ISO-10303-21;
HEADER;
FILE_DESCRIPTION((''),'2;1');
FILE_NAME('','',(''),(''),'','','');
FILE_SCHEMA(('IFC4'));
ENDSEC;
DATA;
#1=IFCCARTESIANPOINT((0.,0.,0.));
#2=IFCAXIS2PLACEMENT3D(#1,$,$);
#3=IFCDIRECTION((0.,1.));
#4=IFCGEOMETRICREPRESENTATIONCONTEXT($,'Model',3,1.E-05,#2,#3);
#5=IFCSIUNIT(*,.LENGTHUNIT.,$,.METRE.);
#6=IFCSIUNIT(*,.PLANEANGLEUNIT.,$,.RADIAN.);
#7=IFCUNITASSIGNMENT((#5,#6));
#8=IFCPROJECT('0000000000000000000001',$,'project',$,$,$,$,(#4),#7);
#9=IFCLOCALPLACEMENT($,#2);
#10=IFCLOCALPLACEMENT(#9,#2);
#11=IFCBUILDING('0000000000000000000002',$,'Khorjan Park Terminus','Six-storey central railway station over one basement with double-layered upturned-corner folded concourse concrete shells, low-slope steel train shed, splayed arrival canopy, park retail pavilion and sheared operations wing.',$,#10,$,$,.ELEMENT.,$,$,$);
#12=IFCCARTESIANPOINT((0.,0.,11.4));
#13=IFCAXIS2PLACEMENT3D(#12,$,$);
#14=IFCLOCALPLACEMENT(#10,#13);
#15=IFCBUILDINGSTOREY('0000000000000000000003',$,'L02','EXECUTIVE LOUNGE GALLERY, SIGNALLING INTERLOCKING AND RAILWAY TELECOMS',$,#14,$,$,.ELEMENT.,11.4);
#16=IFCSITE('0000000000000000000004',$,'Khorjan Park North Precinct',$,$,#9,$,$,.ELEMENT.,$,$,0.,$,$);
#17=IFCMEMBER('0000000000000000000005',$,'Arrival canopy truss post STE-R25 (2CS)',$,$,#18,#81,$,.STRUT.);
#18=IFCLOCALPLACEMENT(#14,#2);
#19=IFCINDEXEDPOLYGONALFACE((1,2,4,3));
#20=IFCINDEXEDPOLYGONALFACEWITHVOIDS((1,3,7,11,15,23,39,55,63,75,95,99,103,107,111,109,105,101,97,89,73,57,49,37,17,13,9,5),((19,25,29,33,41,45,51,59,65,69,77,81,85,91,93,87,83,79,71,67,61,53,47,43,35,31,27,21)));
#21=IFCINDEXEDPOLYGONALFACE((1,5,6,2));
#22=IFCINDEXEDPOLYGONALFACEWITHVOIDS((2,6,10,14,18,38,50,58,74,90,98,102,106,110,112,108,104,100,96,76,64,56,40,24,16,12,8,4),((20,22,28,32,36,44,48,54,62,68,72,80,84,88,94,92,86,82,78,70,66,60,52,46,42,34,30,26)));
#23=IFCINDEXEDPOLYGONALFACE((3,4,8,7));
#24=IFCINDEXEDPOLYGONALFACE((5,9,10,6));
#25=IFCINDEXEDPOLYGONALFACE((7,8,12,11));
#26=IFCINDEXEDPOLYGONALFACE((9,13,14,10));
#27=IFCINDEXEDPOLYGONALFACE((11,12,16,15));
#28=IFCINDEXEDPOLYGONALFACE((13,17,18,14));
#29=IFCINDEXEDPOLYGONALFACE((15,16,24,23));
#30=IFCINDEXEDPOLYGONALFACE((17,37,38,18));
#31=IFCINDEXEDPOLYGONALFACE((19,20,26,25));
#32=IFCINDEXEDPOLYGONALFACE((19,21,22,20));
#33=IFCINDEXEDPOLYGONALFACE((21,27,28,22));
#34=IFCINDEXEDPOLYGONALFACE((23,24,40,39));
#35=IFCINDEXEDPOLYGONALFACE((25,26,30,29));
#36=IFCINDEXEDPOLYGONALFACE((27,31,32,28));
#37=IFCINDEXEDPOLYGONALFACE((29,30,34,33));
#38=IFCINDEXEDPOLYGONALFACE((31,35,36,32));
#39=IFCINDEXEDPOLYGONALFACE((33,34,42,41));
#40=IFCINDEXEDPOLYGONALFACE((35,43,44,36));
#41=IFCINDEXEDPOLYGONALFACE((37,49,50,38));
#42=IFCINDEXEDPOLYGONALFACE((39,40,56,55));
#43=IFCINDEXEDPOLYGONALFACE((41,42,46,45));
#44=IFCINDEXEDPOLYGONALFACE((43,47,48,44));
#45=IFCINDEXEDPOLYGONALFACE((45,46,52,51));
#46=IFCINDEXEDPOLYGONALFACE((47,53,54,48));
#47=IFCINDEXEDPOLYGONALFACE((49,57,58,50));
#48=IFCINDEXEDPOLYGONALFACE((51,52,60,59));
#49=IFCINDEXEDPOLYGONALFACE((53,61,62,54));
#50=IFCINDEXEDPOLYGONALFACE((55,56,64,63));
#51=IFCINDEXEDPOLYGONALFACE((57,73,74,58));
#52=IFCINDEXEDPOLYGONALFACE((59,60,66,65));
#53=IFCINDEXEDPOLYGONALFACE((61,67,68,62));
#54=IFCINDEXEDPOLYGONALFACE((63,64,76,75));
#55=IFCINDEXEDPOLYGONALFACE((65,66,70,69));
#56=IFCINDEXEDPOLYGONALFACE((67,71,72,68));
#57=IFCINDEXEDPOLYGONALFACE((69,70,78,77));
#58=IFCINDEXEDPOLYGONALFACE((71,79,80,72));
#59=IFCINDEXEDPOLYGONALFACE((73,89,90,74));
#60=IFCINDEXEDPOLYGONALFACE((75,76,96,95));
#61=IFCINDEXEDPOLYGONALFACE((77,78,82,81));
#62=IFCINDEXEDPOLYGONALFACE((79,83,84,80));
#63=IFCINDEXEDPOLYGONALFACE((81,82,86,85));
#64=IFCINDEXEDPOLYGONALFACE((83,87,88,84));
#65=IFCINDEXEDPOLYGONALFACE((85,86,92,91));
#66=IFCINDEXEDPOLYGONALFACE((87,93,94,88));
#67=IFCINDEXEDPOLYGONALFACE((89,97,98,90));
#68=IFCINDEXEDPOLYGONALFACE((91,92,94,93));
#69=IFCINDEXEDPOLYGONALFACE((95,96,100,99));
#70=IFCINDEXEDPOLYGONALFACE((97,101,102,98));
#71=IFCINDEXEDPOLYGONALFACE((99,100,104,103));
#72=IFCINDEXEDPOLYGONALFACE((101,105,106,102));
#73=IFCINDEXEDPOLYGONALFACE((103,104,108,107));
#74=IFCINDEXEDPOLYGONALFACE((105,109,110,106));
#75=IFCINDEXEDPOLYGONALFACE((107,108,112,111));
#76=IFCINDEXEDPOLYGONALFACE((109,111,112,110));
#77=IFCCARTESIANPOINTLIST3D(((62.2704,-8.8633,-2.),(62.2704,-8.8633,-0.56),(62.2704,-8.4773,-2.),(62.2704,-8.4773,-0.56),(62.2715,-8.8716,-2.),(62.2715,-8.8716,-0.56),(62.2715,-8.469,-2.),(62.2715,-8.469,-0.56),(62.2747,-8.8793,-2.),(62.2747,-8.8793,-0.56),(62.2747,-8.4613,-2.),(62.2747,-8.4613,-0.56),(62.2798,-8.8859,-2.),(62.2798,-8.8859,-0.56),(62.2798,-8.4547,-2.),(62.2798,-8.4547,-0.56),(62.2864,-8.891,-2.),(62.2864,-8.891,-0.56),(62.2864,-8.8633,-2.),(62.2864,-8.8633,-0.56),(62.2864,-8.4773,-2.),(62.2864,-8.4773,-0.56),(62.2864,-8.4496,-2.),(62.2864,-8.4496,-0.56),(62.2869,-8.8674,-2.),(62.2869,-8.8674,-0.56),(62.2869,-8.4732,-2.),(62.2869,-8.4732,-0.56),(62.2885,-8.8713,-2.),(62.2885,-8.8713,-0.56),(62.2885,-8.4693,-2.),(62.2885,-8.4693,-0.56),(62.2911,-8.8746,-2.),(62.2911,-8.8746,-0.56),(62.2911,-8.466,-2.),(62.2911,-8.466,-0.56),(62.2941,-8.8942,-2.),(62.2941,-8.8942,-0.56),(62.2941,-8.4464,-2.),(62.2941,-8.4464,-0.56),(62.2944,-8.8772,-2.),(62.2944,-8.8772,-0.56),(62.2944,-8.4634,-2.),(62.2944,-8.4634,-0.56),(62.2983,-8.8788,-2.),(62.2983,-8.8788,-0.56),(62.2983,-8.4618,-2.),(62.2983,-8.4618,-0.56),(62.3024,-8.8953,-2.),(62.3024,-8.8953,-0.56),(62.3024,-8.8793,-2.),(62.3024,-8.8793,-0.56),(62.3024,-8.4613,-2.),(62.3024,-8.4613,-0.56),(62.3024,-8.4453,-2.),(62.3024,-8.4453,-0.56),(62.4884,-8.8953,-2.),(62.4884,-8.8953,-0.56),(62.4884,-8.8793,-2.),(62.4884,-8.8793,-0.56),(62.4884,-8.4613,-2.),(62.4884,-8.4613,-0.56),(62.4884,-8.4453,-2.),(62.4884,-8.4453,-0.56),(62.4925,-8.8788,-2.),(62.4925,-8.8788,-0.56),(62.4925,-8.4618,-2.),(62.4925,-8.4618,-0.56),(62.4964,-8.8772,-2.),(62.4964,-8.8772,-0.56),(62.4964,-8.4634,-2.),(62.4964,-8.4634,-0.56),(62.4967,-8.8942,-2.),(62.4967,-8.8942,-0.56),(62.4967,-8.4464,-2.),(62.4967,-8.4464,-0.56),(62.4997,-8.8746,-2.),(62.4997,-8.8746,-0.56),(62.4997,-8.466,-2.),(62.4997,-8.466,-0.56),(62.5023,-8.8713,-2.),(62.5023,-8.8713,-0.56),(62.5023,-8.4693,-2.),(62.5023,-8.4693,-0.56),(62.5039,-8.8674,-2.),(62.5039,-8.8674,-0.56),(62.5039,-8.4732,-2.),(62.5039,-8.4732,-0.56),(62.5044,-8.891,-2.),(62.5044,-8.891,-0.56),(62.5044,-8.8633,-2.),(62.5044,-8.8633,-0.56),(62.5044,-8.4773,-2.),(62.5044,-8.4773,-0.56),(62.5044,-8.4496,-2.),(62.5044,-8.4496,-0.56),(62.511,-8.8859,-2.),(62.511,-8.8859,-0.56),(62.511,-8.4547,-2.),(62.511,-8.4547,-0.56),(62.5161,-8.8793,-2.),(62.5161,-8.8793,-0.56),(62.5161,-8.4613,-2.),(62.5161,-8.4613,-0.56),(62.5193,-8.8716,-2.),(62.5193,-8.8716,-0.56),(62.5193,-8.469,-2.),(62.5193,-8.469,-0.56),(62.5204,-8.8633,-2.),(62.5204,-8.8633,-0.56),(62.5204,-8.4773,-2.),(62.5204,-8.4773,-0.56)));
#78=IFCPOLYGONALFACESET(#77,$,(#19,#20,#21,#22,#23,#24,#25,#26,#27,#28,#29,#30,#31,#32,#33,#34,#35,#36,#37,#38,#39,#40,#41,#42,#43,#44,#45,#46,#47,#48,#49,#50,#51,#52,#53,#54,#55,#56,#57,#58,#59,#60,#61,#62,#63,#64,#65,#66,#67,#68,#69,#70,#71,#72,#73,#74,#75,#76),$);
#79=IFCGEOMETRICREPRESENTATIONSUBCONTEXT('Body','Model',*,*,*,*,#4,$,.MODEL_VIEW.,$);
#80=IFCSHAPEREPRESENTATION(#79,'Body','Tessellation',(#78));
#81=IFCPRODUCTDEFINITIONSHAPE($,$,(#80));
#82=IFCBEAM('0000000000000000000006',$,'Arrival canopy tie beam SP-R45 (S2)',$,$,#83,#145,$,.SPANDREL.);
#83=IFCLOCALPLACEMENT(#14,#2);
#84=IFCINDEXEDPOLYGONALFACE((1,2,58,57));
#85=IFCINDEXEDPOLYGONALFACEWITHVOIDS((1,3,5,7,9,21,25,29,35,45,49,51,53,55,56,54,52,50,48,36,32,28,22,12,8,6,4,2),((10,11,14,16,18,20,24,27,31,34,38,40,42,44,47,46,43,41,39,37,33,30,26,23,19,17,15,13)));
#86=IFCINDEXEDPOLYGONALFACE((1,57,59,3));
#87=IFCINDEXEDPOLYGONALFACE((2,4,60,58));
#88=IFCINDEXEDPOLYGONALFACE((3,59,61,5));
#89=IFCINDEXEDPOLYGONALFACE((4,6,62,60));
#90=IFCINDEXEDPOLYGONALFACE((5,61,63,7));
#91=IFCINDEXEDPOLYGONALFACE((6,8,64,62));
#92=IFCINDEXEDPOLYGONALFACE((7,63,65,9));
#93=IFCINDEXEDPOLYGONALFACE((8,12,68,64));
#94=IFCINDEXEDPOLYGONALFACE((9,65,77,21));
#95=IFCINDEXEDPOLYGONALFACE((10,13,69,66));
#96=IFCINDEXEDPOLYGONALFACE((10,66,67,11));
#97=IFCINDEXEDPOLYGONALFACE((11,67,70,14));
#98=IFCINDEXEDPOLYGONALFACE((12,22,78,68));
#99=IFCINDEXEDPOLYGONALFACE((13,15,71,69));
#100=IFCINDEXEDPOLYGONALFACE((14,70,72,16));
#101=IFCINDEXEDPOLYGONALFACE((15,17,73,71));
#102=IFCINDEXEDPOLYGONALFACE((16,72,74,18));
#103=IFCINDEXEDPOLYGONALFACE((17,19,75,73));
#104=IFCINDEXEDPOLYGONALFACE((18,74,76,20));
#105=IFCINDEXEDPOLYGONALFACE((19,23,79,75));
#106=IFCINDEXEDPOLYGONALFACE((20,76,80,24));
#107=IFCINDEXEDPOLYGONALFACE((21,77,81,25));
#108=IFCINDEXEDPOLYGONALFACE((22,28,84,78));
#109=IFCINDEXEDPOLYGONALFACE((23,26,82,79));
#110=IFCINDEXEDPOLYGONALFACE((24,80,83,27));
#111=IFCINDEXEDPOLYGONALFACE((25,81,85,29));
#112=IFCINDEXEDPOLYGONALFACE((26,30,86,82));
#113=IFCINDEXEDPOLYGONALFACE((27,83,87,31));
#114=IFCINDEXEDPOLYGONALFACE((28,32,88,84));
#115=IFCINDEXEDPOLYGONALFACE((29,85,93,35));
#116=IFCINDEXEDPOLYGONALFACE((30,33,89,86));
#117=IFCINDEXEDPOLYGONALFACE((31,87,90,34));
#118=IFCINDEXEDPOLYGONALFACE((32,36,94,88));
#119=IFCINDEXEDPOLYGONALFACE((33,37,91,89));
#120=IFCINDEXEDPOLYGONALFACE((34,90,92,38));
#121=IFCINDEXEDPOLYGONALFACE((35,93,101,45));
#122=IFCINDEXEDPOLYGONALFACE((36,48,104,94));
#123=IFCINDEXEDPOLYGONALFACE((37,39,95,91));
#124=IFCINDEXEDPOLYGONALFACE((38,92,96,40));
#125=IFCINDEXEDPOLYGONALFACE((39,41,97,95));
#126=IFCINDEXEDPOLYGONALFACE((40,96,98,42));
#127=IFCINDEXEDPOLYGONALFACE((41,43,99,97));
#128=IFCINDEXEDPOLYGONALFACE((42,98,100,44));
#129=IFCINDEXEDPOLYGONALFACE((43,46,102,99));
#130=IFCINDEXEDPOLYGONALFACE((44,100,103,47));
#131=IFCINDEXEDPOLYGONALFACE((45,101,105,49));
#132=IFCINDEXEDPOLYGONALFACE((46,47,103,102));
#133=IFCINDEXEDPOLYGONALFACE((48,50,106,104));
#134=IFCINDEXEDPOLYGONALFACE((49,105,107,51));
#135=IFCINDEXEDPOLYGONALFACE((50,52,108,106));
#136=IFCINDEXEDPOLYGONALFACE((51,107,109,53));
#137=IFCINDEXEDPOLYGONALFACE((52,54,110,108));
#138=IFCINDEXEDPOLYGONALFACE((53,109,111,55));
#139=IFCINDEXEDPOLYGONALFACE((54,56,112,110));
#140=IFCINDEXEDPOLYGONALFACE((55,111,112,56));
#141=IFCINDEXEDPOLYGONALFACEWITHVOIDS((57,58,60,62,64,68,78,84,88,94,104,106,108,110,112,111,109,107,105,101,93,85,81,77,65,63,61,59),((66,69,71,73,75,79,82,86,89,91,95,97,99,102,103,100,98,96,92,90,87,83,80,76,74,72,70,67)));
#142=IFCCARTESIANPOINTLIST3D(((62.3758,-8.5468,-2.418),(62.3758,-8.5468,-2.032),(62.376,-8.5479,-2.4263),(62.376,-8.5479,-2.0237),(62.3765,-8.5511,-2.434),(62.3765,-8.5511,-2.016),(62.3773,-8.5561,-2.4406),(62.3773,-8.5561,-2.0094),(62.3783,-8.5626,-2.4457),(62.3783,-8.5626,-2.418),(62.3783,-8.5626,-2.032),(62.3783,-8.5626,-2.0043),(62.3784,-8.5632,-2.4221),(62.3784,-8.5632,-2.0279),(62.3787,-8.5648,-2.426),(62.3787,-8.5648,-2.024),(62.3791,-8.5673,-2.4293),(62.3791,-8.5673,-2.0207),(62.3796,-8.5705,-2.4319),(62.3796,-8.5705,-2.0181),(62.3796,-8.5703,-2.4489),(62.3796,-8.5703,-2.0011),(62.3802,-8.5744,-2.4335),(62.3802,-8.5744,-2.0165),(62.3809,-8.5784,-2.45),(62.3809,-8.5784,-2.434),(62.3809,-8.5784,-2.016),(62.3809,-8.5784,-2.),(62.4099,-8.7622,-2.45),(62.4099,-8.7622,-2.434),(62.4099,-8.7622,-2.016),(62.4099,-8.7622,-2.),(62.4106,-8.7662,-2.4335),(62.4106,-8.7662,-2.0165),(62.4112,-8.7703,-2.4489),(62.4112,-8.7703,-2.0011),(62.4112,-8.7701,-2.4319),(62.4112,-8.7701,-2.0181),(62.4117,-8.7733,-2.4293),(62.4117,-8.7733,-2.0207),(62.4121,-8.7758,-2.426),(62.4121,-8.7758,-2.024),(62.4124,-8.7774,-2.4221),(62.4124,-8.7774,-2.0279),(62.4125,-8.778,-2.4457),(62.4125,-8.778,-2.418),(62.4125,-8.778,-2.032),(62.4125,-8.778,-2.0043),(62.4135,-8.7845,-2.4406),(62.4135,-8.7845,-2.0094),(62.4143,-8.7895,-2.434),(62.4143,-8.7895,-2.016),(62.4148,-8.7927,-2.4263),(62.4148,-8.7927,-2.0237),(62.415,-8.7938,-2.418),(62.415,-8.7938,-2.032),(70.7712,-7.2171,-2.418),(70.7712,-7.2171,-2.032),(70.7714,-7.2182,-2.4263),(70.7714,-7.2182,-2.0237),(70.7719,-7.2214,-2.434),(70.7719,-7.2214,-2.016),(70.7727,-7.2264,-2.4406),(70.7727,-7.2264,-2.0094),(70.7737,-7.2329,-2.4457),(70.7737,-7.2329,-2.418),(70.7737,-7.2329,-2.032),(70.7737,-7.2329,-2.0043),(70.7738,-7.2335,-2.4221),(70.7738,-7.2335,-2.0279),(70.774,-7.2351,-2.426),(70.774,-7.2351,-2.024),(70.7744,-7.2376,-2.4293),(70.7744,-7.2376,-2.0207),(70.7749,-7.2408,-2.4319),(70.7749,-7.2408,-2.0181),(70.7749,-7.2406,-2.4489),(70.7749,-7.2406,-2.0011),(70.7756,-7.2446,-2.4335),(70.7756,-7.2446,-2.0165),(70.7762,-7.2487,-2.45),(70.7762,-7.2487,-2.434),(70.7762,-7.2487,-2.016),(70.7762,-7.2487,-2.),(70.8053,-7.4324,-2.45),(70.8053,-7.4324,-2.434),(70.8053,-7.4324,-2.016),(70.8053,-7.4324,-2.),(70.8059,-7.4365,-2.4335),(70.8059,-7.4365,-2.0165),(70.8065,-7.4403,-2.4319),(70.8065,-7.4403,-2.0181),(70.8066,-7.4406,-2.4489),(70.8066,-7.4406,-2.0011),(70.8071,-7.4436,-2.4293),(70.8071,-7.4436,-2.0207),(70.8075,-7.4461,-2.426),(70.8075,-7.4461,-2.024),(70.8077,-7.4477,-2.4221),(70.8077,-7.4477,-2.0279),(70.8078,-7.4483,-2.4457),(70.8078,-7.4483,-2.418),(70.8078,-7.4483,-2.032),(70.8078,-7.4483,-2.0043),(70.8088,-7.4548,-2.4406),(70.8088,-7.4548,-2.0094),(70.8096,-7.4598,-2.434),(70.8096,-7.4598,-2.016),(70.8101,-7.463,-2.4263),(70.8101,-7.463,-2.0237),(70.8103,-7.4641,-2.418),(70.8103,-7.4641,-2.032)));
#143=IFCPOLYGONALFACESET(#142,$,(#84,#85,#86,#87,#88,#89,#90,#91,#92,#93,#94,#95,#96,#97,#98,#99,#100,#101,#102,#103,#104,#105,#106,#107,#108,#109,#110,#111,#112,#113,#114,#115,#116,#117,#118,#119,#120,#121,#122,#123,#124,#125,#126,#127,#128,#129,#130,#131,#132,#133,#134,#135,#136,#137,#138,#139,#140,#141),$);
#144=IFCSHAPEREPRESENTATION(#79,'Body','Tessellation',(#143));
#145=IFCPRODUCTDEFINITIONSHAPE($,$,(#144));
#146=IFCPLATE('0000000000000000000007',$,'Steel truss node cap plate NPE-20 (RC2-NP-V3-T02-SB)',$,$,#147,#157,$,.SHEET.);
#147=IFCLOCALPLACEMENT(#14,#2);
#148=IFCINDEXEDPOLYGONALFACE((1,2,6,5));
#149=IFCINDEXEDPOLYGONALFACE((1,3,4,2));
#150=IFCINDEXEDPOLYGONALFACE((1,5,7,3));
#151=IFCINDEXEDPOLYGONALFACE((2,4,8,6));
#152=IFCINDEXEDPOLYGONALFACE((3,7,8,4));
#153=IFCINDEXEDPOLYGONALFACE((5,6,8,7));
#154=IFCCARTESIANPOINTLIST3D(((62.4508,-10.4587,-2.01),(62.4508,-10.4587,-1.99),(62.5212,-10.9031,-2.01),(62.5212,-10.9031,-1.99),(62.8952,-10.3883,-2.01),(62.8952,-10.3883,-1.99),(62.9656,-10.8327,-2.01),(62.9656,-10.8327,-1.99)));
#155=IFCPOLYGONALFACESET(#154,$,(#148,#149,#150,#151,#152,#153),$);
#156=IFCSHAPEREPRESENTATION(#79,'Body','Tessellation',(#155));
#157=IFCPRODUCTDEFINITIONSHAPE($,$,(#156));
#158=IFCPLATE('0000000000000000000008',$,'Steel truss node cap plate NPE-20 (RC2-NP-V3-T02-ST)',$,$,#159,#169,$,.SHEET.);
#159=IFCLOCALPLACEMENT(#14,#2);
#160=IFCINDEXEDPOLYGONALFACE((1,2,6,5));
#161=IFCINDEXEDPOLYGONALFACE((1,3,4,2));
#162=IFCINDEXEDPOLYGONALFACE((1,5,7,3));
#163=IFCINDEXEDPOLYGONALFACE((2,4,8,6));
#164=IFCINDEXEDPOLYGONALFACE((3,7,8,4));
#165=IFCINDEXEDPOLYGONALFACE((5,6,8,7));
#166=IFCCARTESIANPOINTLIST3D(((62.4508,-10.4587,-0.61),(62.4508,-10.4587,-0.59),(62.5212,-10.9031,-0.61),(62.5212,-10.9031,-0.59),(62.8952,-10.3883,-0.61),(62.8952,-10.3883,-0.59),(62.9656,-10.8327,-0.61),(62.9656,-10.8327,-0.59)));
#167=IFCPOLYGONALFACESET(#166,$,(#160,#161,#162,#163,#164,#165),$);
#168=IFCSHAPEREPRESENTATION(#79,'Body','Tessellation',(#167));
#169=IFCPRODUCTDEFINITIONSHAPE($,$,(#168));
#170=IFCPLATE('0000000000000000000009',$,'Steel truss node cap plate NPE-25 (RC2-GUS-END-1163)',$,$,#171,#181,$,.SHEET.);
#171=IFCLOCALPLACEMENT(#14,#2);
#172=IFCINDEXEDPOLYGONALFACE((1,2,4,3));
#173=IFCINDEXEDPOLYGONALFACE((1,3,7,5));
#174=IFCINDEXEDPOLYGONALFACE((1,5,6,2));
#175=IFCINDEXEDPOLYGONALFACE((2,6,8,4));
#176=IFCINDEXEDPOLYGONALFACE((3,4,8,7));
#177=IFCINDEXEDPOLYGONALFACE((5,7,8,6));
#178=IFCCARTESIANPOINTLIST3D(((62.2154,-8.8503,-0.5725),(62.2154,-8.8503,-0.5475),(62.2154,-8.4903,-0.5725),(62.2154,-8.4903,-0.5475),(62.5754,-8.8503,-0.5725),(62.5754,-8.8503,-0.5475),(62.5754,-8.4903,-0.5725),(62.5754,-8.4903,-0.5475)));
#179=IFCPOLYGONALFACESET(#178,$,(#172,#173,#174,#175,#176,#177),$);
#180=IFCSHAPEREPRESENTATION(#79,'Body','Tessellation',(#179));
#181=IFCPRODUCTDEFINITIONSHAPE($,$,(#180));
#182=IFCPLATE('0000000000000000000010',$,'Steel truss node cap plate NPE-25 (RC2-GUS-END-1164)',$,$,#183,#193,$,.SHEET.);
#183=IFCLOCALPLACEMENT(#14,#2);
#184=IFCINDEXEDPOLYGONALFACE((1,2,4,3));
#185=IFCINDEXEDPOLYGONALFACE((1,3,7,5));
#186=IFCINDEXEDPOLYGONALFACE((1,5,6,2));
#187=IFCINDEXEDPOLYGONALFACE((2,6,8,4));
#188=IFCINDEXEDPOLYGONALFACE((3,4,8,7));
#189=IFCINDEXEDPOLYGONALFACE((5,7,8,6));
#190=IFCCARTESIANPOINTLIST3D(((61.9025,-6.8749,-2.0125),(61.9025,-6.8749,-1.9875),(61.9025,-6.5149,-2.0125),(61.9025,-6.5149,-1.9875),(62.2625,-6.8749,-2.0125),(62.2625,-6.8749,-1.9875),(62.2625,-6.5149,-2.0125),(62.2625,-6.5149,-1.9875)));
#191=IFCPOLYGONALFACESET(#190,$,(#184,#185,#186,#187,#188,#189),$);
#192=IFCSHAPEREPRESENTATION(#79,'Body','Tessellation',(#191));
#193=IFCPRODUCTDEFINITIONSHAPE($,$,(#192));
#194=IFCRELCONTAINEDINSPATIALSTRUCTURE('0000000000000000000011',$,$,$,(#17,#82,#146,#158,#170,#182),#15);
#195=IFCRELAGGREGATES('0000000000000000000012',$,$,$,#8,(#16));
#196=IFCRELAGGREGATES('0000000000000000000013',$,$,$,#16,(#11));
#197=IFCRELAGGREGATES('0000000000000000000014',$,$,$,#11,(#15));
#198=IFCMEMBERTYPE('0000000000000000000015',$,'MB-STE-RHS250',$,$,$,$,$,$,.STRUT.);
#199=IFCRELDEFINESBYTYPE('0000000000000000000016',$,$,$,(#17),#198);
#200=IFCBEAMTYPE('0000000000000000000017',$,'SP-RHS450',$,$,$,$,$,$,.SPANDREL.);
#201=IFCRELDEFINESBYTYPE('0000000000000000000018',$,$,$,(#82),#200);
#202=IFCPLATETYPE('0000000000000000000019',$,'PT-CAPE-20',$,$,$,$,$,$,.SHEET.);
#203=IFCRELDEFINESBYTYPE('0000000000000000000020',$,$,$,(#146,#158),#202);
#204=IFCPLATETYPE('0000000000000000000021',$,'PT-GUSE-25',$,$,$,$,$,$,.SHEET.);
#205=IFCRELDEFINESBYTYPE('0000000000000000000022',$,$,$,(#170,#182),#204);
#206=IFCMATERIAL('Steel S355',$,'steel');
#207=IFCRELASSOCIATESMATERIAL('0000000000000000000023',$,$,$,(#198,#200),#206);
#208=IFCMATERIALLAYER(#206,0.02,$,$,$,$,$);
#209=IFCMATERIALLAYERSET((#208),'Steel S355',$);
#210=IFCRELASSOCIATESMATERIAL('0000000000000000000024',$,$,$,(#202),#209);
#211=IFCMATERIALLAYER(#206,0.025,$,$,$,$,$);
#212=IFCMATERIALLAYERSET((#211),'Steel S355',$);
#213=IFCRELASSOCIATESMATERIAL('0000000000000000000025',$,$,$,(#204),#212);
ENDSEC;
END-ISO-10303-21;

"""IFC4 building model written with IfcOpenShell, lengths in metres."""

from ifc_helpers import new_model, si_unit, direction, frame, origin, origin_2d, place, context, subcontext, project, spatial, rectangle, hollow_rectangle, extrude, material, layer, layer_set, material_profile, profile_set, type_object, element, save


model = new_model("IFC4")

# Units and contexts
model_context = context("Model", 3, precision=1e-05, world=origin(), true_north=direction((0.0, 1.0)))
body_context = subcontext(model_context, "Body", "Model", "MODEL_VIEW")
ifc_project = project(units=[si_unit("LENGTHUNIT", "METRE"), si_unit("PLANEANGLEUNIT", "RADIAN")], contexts=[model_context])

# Site, building, storey
site_placement = place(None, origin())
site = spatial("IfcSite", under=ifc_project, at=site_placement, Name="Khorjan Park North Precinct", CompositionType="ELEMENT", RefElevation=0.0)
building_placement = place(site_placement, origin())
building = spatial("IfcBuilding", under=site, at=building_placement, Name="Khorjan Park Terminus", Description="Six-storey central railway station over one basement with double-layered upturned-corner folded concourse concrete shells, low-slope steel train shed, splayed arrival canopy, park retail pavilion and sheared operations wing.", CompositionType="ELEMENT")
storey_placement = place(building_placement, frame((0.0, 0.0, 11.4)))
storey = spatial("IfcBuildingStorey", under=building, at=storey_placement, Name="L02", Description="EXECUTIVE LOUNGE GALLERY, SIGNALLING INTERLOCKING AND RAILWAY TELECOMS", CompositionType="ELEMENT", Elevation=11.4)

# Member
ifc_material = material(Name="Steel S355", Category="steel")
ifc_material_profile_1 = material_profile(ifc_material, hollow_rectangle(XDim=0.25, YDim=0.45, WallThickness=0.016, InnerFilletRadius=0.016, OuterFilletRadius=0.032, at=origin_2d()), Name="RHS 450x250x16")
ifc_profile_set_1 = profile_set([ifc_material_profile_1], Name="Steel S355")
member_type_1 = type_object("IfcMemberType", Name="MB-STE-RHS250", PredefinedType="STRUT", material=ifc_profile_set_1)
member_1_placement = place(storey_placement, frame((62.3954, -8.6703, -2.0), z_axis=(0.0, 0.0, 1.0), x_axis=(1.0, 0.0, 0.0)))
element("IfcMember", 1, at=member_1_placement, inside=storey, type_object=member_type_1, Name="Arrival canopy truss post STE-R25 (2CS)", PredefinedType="STRUT", context=body_context, shape_type="SweptSolid", body=[
    extrude(hollow_rectangle(XDim=0.25, YDim=0.45, WallThickness=0.016, InnerFilletRadius=0.016, OuterFilletRadius=0.032, at=origin_2d()), origin(), (0.0, 0.0, 1.0), 1.44),
])

# Beam
ifc_material_profile_2 = material_profile(ifc_material, hollow_rectangle(XDim=0.25, YDim=0.45, WallThickness=0.016, InnerFilletRadius=0.016, OuterFilletRadius=0.032, at=origin_2d()), Name="RHS 450x250x16")
ifc_profile_set_2 = profile_set([ifc_material_profile_2], Name="Steel S355")
beam_type = type_object("IfcBeamType", Name="SP-RHS450", PredefinedType="SPANDREL", material=ifc_profile_set_2)
beam_placement = place(storey_placement, frame((62.3954, -8.6703, -2.225), z_axis=(0.987688, 0.156436, 0.0), x_axis=(-0.156436, 0.987688, 0.0)))
element("IfcBeam", 2, at=beam_placement, inside=storey, type_object=beam_type, Name="Arrival canopy tie beam SP-R45 (S2)", PredefinedType="SPANDREL", context=body_context, shape_type="SweptSolid", body=[
    extrude(hollow_rectangle(XDim=0.25, YDim=0.45, WallThickness=0.016, InnerFilletRadius=0.016, OuterFilletRadius=0.032, at=origin_2d()), origin(), (0.0, 0.0, 1.0), 8.5),
])

# Plates
ifc_layer_1 = layer(ifc_material, 0.02)
ifc_layer_set_1 = layer_set([ifc_layer_1], Name="Steel S355")
plate_type_1 = type_object("IfcPlateType", Name="PT-CAPE-20", PredefinedType="SHEET", material=ifc_layer_set_1)
for number, where, z_axis, x_axis, name in (
    (3, (62.7082, -10.6457, -2.01), (0.0, 0.0, 1.0), (0.987688, 0.156434, 0.0), "Steel truss node cap plate NPE-20 (RC2-NP-V3-T02-SB)"),
    (4, (62.7082, -10.6457, -0.61), (0.0, 0.0, 1.0), (0.987688, 0.156434, 0.0), "Steel truss node cap plate NPE-20 (RC2-NP-V3-T02-ST)"),
):
    element("IfcPlate", number, at=place(storey_placement, frame(where, z_axis=z_axis, x_axis=x_axis)), inside=storey, type_object=plate_type_1, Name=name, PredefinedType="SHEET", context=body_context, shape_type="SweptSolid", body=[
        extrude(rectangle(XDim=0.45, YDim=0.45, at=origin_2d()), origin(), (0.0, 0.0, 1.0), 0.02),
    ])
ifc_layer_2 = layer(ifc_material, 0.025)
ifc_layer_set_2 = layer_set([ifc_layer_2], Name="Steel S355")
plate_type_2 = type_object("IfcPlateType", Name="PT-GUSE-25", PredefinedType="SHEET", material=ifc_layer_set_2)
for number, where, z_axis, x_axis, name in (
    (5, (62.3954, -8.6703, -0.5725), (0.0, 0.0, 1.0), (1.0, 0.0, 0.0), "Steel truss node cap plate NPE-25 (RC2-GUS-END-1163)"),
    (6, (62.0825, -6.6949, -2.0125), (0.0, 0.0, 1.0), (1.0, 0.0, 0.0), "Steel truss node cap plate NPE-25 (RC2-GUS-END-1164)"),
):
    element("IfcPlate", number, at=place(storey_placement, frame(where, z_axis=z_axis, x_axis=x_axis)), inside=storey, type_object=plate_type_2, Name=name, PredefinedType="SHEET", context=body_context, shape_type="SweptSolid", body=[
        extrude(rectangle(XDim=0.36, YDim=0.36, at=origin_2d()), origin(), (0.0, 0.0, 1.0), 0.025),
    ])

save(model, "model.ifc")
